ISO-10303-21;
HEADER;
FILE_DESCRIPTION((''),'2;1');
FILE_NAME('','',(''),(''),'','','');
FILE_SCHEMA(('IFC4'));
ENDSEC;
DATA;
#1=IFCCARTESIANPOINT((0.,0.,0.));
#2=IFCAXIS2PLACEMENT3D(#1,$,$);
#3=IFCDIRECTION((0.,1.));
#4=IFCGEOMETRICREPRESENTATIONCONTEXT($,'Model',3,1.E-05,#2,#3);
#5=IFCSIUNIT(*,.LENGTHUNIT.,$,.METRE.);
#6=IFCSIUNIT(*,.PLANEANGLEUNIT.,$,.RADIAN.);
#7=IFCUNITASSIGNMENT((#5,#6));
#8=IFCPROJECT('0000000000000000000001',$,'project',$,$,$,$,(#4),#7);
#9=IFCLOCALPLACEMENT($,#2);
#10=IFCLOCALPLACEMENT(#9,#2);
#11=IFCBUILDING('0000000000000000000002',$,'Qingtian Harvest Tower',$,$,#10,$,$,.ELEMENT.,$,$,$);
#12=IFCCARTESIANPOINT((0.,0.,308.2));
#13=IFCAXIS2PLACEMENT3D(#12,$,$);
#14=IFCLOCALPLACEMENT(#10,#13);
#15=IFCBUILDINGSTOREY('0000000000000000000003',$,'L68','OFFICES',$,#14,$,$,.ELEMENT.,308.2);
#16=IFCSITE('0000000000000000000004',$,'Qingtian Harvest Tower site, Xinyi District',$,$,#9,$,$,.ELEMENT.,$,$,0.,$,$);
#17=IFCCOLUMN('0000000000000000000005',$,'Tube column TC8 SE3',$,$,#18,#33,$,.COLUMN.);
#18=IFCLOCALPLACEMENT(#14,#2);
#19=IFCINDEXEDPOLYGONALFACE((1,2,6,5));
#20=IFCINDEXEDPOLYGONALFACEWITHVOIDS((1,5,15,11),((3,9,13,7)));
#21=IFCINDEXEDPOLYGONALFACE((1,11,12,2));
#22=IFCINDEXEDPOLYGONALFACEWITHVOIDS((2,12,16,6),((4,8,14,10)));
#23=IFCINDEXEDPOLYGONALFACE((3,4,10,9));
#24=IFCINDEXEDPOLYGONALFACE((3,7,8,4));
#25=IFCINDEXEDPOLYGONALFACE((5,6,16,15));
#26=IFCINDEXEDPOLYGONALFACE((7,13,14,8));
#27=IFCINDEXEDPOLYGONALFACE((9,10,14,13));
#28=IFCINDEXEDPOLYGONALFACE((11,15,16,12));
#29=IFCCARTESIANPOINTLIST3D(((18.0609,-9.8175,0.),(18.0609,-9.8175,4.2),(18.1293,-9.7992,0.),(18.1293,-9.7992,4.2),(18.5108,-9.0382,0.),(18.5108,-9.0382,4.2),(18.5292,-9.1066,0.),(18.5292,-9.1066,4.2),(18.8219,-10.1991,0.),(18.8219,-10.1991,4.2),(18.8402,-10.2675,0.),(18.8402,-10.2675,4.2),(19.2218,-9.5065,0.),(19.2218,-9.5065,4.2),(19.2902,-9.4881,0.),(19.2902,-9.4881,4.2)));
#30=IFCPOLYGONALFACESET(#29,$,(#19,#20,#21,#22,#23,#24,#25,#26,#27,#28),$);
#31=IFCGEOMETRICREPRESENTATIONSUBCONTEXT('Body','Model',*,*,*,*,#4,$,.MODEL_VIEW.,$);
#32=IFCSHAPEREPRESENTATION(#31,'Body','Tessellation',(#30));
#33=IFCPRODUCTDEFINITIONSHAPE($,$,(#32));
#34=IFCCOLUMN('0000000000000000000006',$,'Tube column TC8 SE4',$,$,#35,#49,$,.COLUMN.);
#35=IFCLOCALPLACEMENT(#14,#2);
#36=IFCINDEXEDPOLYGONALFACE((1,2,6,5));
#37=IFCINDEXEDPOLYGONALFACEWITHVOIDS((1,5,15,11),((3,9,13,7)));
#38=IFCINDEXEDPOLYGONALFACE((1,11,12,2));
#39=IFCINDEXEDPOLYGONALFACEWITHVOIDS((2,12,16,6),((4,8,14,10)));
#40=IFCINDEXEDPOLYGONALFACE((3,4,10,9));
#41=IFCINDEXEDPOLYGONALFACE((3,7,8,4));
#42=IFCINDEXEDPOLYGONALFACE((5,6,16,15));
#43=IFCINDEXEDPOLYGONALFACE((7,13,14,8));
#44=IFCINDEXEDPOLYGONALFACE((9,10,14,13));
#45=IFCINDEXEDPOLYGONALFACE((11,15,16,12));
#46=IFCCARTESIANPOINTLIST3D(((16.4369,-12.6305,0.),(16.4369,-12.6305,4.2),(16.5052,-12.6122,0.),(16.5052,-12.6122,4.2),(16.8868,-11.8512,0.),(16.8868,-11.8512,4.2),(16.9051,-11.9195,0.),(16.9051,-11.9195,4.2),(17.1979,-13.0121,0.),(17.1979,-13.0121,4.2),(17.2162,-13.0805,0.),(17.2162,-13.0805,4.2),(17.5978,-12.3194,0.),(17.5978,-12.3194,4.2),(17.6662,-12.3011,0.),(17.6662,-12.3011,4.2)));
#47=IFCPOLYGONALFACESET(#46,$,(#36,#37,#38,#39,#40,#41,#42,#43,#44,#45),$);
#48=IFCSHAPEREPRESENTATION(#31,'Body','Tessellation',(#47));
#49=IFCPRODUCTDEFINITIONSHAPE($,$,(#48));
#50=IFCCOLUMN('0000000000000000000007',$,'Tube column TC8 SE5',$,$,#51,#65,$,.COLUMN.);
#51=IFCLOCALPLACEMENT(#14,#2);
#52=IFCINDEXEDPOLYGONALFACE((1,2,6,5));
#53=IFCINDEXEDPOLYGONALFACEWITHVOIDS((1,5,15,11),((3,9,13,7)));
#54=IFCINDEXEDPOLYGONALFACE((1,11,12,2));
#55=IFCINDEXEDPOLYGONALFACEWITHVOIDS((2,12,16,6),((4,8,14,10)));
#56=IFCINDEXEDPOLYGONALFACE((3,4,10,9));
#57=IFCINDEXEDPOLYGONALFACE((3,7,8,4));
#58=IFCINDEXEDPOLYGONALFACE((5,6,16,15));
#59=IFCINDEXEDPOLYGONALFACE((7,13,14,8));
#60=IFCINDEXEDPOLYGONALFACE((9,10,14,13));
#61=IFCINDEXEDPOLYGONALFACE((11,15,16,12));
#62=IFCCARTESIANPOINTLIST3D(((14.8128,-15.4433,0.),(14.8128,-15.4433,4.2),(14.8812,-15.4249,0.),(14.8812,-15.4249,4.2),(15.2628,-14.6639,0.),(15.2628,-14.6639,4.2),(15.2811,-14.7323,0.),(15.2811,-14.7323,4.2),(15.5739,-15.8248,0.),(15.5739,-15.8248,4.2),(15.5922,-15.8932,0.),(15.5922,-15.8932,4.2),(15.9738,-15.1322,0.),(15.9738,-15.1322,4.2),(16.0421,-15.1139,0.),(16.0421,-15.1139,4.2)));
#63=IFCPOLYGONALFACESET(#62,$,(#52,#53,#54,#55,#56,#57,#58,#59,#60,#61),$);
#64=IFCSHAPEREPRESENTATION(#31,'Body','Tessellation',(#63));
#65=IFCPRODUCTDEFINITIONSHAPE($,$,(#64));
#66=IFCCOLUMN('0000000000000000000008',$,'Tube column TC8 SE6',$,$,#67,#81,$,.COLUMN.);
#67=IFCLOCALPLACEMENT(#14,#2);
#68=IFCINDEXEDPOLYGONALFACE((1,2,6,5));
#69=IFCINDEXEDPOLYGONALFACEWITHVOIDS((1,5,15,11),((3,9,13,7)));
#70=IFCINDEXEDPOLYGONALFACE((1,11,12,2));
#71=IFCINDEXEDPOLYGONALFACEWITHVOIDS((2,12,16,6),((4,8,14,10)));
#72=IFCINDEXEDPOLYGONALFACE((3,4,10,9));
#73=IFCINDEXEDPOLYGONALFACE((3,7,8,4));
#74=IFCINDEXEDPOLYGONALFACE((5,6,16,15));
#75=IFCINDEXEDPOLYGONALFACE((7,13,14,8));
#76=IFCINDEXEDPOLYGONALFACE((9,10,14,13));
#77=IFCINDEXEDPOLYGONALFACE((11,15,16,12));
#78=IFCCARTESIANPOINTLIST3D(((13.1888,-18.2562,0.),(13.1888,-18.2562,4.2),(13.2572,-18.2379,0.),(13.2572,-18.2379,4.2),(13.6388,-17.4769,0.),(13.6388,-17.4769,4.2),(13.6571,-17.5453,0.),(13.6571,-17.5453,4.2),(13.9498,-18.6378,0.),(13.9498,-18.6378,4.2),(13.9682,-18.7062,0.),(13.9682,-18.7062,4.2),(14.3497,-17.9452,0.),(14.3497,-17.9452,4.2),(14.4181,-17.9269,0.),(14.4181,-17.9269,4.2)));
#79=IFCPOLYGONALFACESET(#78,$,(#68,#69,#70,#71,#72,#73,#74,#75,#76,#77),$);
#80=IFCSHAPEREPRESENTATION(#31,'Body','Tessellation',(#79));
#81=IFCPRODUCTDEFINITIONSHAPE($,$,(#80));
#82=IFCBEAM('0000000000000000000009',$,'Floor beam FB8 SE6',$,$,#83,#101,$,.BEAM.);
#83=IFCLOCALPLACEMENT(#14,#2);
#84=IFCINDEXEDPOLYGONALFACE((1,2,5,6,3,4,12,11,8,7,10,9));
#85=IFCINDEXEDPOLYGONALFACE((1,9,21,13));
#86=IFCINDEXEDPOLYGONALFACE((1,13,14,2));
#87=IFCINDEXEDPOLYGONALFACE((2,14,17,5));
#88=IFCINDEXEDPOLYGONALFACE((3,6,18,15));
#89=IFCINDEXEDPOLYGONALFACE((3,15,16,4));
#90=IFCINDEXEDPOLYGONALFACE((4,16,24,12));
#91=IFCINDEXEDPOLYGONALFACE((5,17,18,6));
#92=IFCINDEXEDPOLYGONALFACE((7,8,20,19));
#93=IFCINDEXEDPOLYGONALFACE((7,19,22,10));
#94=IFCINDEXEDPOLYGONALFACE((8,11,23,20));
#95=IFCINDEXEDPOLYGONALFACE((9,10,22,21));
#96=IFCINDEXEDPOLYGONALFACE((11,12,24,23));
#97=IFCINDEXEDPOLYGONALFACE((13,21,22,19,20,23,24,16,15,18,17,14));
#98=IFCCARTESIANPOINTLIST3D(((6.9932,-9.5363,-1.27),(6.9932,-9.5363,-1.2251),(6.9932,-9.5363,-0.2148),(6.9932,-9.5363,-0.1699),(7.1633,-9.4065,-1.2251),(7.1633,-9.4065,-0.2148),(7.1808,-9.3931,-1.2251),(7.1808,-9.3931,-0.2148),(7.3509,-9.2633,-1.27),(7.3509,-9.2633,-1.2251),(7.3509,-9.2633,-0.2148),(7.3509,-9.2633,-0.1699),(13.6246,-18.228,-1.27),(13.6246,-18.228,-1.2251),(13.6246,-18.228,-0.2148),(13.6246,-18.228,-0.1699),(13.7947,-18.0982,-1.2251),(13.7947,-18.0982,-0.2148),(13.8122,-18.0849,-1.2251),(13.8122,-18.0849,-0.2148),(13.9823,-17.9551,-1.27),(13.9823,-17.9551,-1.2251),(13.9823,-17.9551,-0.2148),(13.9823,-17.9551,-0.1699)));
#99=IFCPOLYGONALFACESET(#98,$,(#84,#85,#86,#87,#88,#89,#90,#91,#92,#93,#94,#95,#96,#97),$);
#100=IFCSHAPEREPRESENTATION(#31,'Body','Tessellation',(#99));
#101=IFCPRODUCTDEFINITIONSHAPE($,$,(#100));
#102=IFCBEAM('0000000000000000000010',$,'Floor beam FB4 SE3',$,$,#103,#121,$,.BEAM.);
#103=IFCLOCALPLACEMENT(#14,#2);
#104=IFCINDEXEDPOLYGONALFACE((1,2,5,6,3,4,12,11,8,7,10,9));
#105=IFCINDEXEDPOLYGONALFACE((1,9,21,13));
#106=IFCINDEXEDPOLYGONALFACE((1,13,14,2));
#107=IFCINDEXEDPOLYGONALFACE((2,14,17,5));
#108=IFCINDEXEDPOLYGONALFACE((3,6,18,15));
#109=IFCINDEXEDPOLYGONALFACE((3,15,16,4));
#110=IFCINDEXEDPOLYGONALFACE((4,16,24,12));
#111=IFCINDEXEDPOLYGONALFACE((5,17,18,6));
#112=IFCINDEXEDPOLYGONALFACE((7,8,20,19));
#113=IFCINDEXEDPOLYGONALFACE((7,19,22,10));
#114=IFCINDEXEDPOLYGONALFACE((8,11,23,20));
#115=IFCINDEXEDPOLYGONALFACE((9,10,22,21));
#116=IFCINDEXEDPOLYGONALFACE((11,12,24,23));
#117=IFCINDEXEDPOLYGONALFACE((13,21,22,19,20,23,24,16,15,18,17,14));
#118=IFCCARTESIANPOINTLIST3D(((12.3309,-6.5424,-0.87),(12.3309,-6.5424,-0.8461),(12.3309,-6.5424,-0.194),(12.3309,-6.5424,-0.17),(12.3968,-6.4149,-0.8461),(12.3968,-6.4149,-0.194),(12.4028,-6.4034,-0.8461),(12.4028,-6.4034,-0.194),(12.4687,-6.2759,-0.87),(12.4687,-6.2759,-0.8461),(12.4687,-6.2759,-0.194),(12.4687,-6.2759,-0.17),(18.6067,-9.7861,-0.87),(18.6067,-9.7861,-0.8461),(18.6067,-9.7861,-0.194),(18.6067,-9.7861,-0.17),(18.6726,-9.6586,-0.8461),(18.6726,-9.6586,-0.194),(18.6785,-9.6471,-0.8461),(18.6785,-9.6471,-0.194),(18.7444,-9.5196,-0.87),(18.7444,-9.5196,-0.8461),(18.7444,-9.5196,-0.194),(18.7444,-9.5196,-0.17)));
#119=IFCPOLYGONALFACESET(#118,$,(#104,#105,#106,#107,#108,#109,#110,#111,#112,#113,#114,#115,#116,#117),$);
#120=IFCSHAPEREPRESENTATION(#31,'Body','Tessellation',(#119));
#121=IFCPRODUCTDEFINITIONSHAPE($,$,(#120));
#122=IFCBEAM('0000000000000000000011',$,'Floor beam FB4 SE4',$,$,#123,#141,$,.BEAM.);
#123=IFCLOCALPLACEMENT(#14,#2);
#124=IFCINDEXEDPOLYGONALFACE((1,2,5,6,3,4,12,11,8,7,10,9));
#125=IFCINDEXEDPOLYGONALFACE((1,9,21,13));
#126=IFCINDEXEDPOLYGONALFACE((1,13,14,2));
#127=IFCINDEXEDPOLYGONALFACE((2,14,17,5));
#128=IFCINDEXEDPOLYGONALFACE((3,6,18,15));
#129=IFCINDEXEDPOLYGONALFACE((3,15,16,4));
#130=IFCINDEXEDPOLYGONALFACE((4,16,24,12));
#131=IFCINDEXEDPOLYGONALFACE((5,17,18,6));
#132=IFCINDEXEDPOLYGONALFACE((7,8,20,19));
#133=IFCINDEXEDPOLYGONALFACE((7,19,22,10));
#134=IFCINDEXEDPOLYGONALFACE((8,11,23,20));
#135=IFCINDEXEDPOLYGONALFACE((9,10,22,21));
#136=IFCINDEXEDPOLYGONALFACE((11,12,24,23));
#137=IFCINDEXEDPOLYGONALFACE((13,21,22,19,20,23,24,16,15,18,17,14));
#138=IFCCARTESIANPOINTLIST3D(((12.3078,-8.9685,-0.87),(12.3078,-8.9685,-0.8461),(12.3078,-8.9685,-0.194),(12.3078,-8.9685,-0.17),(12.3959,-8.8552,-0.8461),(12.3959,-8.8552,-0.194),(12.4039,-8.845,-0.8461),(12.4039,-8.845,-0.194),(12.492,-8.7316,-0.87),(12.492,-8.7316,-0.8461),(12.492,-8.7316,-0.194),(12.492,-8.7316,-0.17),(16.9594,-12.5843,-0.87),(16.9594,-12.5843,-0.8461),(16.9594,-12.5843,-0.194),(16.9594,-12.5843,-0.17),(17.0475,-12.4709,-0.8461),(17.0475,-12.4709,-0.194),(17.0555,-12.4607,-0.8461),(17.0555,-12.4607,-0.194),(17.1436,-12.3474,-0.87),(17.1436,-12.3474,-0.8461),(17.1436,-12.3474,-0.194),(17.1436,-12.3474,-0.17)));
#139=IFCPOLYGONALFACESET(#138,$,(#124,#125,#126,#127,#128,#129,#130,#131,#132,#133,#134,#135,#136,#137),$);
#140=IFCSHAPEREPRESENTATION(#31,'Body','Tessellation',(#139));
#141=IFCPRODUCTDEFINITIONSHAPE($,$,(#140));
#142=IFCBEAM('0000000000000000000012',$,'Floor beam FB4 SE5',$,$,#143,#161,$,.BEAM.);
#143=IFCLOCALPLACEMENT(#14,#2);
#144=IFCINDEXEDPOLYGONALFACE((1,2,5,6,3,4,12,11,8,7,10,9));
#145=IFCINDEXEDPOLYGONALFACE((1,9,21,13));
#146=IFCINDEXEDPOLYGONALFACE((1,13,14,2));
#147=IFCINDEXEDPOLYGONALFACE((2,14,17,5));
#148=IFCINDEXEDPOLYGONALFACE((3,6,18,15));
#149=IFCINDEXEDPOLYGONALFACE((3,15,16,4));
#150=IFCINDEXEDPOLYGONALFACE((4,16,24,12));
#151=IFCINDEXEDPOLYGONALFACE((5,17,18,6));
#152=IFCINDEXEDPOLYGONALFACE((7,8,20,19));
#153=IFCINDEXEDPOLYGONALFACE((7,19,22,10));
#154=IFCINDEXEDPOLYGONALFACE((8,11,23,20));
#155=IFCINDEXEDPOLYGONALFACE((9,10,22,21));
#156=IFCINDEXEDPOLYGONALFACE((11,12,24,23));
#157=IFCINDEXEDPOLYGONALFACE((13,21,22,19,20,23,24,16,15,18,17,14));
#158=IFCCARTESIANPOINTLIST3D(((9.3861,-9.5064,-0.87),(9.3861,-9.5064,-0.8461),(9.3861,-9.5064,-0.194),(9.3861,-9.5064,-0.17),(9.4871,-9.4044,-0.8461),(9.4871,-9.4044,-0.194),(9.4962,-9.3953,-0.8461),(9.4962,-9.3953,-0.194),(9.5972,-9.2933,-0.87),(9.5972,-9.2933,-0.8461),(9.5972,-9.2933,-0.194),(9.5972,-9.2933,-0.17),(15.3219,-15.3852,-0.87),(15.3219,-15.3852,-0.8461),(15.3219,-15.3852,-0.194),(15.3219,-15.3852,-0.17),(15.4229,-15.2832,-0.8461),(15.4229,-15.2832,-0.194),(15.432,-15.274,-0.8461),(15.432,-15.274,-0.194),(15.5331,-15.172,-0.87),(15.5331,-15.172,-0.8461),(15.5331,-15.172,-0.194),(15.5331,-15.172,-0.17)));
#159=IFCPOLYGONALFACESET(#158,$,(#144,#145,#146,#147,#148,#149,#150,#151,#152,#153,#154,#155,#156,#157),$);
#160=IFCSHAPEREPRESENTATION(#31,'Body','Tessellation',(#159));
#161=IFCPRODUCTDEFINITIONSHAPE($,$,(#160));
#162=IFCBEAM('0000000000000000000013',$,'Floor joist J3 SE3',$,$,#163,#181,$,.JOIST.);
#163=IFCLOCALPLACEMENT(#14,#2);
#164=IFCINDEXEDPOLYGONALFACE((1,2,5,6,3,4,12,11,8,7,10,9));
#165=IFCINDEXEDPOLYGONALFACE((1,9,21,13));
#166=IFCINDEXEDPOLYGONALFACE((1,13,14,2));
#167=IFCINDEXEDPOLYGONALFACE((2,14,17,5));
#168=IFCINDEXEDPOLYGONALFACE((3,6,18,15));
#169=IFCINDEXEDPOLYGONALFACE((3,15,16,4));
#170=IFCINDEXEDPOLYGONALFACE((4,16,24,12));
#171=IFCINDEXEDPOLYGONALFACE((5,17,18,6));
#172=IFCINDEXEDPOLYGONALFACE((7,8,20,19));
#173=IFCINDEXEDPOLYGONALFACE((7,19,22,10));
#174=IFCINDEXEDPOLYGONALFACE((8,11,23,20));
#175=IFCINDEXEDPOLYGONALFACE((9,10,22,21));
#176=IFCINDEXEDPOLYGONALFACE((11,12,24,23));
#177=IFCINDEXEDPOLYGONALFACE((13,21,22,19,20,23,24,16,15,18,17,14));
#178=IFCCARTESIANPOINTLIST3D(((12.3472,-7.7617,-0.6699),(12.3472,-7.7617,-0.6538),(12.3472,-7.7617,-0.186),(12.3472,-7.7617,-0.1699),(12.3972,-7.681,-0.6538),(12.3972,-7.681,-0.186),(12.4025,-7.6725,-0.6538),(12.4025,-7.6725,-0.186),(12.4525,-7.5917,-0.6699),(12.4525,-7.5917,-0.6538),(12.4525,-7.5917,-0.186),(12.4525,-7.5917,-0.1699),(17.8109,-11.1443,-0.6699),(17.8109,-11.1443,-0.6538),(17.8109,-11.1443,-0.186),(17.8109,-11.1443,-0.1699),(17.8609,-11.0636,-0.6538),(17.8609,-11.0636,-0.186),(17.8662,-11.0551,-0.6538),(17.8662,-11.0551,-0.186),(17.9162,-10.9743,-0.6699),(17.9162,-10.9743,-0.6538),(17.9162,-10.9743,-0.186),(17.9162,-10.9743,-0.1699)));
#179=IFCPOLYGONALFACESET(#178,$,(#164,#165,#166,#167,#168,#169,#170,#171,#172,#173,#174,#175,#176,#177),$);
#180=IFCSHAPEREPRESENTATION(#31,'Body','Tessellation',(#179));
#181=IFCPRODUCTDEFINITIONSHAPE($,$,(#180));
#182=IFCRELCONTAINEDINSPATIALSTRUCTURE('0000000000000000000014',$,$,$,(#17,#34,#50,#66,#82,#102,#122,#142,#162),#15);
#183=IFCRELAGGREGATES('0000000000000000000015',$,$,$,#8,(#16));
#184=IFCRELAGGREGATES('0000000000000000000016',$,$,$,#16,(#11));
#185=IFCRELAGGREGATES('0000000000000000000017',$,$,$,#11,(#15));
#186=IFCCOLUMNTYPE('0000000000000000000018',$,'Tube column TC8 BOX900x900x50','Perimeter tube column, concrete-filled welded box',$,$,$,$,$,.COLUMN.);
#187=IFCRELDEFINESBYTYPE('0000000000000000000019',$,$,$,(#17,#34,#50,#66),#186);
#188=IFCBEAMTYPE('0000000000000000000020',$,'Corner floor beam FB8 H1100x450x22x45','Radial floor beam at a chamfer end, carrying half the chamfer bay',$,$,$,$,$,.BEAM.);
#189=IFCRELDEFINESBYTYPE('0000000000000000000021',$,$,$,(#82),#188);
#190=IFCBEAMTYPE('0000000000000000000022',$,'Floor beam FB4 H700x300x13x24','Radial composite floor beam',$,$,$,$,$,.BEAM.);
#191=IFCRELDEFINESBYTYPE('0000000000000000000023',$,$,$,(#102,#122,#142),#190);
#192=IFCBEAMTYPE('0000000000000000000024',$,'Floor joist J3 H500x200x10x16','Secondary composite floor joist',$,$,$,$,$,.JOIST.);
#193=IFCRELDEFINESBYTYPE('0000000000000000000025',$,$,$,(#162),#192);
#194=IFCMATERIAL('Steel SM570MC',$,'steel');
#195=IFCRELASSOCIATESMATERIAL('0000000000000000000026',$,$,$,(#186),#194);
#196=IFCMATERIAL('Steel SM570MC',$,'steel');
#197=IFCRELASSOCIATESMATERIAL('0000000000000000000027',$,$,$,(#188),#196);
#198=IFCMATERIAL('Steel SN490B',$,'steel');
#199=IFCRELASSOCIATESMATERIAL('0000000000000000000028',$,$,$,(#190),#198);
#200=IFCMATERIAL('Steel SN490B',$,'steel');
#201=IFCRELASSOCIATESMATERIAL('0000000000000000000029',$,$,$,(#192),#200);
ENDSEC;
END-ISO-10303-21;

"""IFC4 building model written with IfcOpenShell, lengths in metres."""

from ifc_helpers import new_model, si_unit, direction, frame, origin, origin_2d, place, context, subcontext, project, spatial, hollow_rectangle, i_section, extrude, material, material_profile, profile_set, type_object, element, save


model = new_model("IFC4")

# Units and contexts
model_context = context("Model", 3, precision=1e-05, world=origin(), true_north=direction((0.0, 1.0)))
body_context = subcontext(model_context, "Body", "Model", "MODEL_VIEW")
ifc_project = project(units=[si_unit("LENGTHUNIT", "METRE"), si_unit("PLANEANGLEUNIT", "RADIAN")], contexts=[model_context])

# Site, building, storey
site_placement = place(None, origin())
site = spatial("IfcSite", under=ifc_project, at=site_placement, Name="Qingtian Harvest Tower site, Xinyi District", CompositionType="ELEMENT", RefElevation=0.0)
building_placement = place(site_placement, origin())
building = spatial("IfcBuilding", under=site, at=building_placement, Name="Qingtian Harvest Tower", CompositionType="ELEMENT")
storey_placement = place(building_placement, frame((0.0, 0.0, 308.2)))
storey = spatial("IfcBuildingStorey", under=building, at=storey_placement, Name="L68", Description="OFFICES", CompositionType="ELEMENT", Elevation=308.2)

# Columns
ifc_material_1 = material(Name="Steel SM570MC", Category="steel")
ifc_material_profile_1 = material_profile(ifc_material_1, hollow_rectangle(XDim=0.8999, YDim=0.8999, WallThickness=0.05, at=origin_2d()), Name="BOX900x900x50")
ifc_profile_set_1 = profile_set([ifc_material_profile_1], Name="Steel SM570MC")
column_type = type_object("IfcColumnType", Name="Tube column TC8 BOX900x900x50", Description="Perimeter tube column, concrete-filled welded box", PredefinedType="COLUMN", material=ifc_profile_set_1)
for number, where, z_axis, x_axis, name in (
    (1, (18.6755, -9.6528, 0.0), (0.0, 0.0, 1.0), (0.5, 0.866025, 0.0), "Tube column TC8 SE3"),
    (2, (17.0515, -12.4658, 0.0), (0.0, 0.0, 1.0), (0.5, 0.866025, 0.0), "Tube column TC8 SE4"),
    (3, (15.4275, -15.2786, 0.0), (0.0, 0.0, 1.0), (0.5, 0.866025, 0.0), "Tube column TC8 SE5"),
    (4, (13.8035, -18.0916, 0.0), (0.0, 0.0, 1.0), (0.5, 0.866025, 0.0), "Tube column TC8 SE6"),
):
    element("IfcColumn", number, at=place(storey_placement, frame(where, z_axis=z_axis, x_axis=x_axis)), inside=storey, type_object=column_type, Name=name, PredefinedType="COLUMN", context=body_context, shape_type="SweptSolid", body=[
        extrude(hollow_rectangle(XDim=0.8999, YDim=0.8999, WallThickness=0.05, at=origin_2d()), origin(), (0.0, 0.0, 1.0), 4.2),
    ])

# Beams
ifc_material_2 = material(Name="Steel SM570MC", Category="steel")
ifc_material_profile_2 = material_profile(ifc_material_2, i_section(OverallWidth=0.45, OverallDepth=1.1001, WebThickness=0.022, FlangeThickness=0.0449, at=origin_2d()), Name="H1100x450x22x45")
ifc_profile_set_2 = profile_set([ifc_material_profile_2], Name="Steel SM570MC")
beam_type_1 = type_object("IfcBeamType", Name="Corner floor beam FB8 H1100x450x22x45", Description="Radial floor beam at a chamfer end, carrying half the chamfer bay", PredefinedType="BEAM", material=ifc_profile_set_2)
beam_1_placement = place(storey_placement, frame((13.8035, -18.0916, -0.72), z_axis=(-0.606572, 0.795029, 0.0), x_axis=(-0.795029, -0.606572, 0.0)))
element("IfcBeam", 5, at=beam_1_placement, inside=storey, type_object=beam_type_1, Name="Floor beam FB8 SE6", PredefinedType="BEAM", context=body_context, shape_type="SweptSolid", body=[
    extrude(i_section(OverallWidth=0.45, OverallDepth=1.1001, WebThickness=0.022, FlangeThickness=0.0449, at=origin_2d()), origin(), (0.0, 0.0, 1.0), 10.9326),
])
ifc_material_3 = material(Name="Steel SN490B", Category="steel")
ifc_material_profile_3 = material_profile(ifc_material_3, i_section(OverallWidth=0.3, OverallDepth=0.7, WebThickness=0.0129, FlangeThickness=0.0239, at=origin_2d()), Name="H700x300x13x24")
ifc_profile_set_3 = profile_set([ifc_material_profile_3], Name="Steel SN490B")
beam_type_2 = type_object("IfcBeamType", Name="Floor beam FB4 H700x300x13x24", Description="Radial composite floor beam", PredefinedType="BEAM", material=ifc_profile_set_3)
beam_2_placement = place(storey_placement, frame((18.6755, -9.6528, -0.52), z_axis=(-0.888354, 0.459159, 0.0), x_axis=(-0.459159, -0.888354, 0.0)))
element("IfcBeam", 6, at=beam_2_placement, inside=storey, type_object=beam_type_2, Name="Floor beam FB4 SE3", PredefinedType="BEAM", context=body_context, shape_type="SweptSolid", body=[
    extrude(i_section(OverallWidth=0.3, OverallDepth=0.7, WebThickness=0.0129, FlangeThickness=0.0239, at=origin_2d()), origin(), (0.0, 0.0, 1.0), 7.0645),
])
beam_3_placement = place(storey_placement, frame((17.0515, -12.4658, -0.52), z_axis=(-0.789533, 0.613708, 0.0), x_axis=(-0.613708, -0.789533, 0.0)))
element("IfcBeam", 7, at=beam_3_placement, inside=storey, type_object=beam_type_2, Name="Floor beam FB4 SE4", PredefinedType="BEAM", context=body_context, shape_type="SweptSolid", body=[
    extrude(i_section(OverallWidth=0.3, OverallDepth=0.7, WebThickness=0.0129, FlangeThickness=0.0239, at=origin_2d()), origin(), (0.0, 0.0, 1.0), 5.8916),
])
beam_4_placement = place(storey_placement, frame((15.4275, -15.2786, -0.52), z_axis=(-0.710518, 0.703679, 0.0), x_axis=(-0.703679, -0.710518, 0.0)))
element("IfcBeam", 8, at=beam_4_placement, inside=storey, type_object=beam_type_2, Name="Floor beam FB4 SE5", PredefinedType="BEAM", context=body_context, shape_type="SweptSolid", body=[
    extrude(i_section(OverallWidth=0.3, OverallDepth=0.7, WebThickness=0.0129, FlangeThickness=0.0239, at=origin_2d()), origin(), (0.0, 0.0, 1.0), 8.3542),
])
ifc_material_4 = material(Name="Steel SN490B", Category="steel")
ifc_material_profile_4 = material_profile(ifc_material_4, i_section(OverallWidth=0.2, OverallDepth=0.5, WebThickness=0.01, FlangeThickness=0.0161, at=origin_2d()), Name="H500x200x10x16")
ifc_profile_set_4 = profile_set([ifc_material_profile_4], Name="Steel SN490B")
beam_type_3 = type_object("IfcBeamType", Name="Floor joist J3 H500x200x10x16", Description="Secondary composite floor joist", PredefinedType="JOIST", material=ifc_profile_set_4)
beam_5_placement = place(storey_placement, frame((17.8635, -11.0593, -0.4199), z_axis=(-0.850242, 0.526391, 0.0), x_axis=(-0.526391, -0.850242, 0.0)))
element("IfcBeam", 9, at=beam_5_placement, inside=storey, type_object=beam_type_3, Name="Floor joist J3 SE3", PredefinedType="JOIST", context=body_context, shape_type="SweptSolid", body=[
    extrude(i_section(OverallWidth=0.2, OverallDepth=0.5, WebThickness=0.01, FlangeThickness=0.0161, at=origin_2d()), origin(), (0.0, 0.0, 1.0), 6.426),
])

save(model, "model.ifc")
